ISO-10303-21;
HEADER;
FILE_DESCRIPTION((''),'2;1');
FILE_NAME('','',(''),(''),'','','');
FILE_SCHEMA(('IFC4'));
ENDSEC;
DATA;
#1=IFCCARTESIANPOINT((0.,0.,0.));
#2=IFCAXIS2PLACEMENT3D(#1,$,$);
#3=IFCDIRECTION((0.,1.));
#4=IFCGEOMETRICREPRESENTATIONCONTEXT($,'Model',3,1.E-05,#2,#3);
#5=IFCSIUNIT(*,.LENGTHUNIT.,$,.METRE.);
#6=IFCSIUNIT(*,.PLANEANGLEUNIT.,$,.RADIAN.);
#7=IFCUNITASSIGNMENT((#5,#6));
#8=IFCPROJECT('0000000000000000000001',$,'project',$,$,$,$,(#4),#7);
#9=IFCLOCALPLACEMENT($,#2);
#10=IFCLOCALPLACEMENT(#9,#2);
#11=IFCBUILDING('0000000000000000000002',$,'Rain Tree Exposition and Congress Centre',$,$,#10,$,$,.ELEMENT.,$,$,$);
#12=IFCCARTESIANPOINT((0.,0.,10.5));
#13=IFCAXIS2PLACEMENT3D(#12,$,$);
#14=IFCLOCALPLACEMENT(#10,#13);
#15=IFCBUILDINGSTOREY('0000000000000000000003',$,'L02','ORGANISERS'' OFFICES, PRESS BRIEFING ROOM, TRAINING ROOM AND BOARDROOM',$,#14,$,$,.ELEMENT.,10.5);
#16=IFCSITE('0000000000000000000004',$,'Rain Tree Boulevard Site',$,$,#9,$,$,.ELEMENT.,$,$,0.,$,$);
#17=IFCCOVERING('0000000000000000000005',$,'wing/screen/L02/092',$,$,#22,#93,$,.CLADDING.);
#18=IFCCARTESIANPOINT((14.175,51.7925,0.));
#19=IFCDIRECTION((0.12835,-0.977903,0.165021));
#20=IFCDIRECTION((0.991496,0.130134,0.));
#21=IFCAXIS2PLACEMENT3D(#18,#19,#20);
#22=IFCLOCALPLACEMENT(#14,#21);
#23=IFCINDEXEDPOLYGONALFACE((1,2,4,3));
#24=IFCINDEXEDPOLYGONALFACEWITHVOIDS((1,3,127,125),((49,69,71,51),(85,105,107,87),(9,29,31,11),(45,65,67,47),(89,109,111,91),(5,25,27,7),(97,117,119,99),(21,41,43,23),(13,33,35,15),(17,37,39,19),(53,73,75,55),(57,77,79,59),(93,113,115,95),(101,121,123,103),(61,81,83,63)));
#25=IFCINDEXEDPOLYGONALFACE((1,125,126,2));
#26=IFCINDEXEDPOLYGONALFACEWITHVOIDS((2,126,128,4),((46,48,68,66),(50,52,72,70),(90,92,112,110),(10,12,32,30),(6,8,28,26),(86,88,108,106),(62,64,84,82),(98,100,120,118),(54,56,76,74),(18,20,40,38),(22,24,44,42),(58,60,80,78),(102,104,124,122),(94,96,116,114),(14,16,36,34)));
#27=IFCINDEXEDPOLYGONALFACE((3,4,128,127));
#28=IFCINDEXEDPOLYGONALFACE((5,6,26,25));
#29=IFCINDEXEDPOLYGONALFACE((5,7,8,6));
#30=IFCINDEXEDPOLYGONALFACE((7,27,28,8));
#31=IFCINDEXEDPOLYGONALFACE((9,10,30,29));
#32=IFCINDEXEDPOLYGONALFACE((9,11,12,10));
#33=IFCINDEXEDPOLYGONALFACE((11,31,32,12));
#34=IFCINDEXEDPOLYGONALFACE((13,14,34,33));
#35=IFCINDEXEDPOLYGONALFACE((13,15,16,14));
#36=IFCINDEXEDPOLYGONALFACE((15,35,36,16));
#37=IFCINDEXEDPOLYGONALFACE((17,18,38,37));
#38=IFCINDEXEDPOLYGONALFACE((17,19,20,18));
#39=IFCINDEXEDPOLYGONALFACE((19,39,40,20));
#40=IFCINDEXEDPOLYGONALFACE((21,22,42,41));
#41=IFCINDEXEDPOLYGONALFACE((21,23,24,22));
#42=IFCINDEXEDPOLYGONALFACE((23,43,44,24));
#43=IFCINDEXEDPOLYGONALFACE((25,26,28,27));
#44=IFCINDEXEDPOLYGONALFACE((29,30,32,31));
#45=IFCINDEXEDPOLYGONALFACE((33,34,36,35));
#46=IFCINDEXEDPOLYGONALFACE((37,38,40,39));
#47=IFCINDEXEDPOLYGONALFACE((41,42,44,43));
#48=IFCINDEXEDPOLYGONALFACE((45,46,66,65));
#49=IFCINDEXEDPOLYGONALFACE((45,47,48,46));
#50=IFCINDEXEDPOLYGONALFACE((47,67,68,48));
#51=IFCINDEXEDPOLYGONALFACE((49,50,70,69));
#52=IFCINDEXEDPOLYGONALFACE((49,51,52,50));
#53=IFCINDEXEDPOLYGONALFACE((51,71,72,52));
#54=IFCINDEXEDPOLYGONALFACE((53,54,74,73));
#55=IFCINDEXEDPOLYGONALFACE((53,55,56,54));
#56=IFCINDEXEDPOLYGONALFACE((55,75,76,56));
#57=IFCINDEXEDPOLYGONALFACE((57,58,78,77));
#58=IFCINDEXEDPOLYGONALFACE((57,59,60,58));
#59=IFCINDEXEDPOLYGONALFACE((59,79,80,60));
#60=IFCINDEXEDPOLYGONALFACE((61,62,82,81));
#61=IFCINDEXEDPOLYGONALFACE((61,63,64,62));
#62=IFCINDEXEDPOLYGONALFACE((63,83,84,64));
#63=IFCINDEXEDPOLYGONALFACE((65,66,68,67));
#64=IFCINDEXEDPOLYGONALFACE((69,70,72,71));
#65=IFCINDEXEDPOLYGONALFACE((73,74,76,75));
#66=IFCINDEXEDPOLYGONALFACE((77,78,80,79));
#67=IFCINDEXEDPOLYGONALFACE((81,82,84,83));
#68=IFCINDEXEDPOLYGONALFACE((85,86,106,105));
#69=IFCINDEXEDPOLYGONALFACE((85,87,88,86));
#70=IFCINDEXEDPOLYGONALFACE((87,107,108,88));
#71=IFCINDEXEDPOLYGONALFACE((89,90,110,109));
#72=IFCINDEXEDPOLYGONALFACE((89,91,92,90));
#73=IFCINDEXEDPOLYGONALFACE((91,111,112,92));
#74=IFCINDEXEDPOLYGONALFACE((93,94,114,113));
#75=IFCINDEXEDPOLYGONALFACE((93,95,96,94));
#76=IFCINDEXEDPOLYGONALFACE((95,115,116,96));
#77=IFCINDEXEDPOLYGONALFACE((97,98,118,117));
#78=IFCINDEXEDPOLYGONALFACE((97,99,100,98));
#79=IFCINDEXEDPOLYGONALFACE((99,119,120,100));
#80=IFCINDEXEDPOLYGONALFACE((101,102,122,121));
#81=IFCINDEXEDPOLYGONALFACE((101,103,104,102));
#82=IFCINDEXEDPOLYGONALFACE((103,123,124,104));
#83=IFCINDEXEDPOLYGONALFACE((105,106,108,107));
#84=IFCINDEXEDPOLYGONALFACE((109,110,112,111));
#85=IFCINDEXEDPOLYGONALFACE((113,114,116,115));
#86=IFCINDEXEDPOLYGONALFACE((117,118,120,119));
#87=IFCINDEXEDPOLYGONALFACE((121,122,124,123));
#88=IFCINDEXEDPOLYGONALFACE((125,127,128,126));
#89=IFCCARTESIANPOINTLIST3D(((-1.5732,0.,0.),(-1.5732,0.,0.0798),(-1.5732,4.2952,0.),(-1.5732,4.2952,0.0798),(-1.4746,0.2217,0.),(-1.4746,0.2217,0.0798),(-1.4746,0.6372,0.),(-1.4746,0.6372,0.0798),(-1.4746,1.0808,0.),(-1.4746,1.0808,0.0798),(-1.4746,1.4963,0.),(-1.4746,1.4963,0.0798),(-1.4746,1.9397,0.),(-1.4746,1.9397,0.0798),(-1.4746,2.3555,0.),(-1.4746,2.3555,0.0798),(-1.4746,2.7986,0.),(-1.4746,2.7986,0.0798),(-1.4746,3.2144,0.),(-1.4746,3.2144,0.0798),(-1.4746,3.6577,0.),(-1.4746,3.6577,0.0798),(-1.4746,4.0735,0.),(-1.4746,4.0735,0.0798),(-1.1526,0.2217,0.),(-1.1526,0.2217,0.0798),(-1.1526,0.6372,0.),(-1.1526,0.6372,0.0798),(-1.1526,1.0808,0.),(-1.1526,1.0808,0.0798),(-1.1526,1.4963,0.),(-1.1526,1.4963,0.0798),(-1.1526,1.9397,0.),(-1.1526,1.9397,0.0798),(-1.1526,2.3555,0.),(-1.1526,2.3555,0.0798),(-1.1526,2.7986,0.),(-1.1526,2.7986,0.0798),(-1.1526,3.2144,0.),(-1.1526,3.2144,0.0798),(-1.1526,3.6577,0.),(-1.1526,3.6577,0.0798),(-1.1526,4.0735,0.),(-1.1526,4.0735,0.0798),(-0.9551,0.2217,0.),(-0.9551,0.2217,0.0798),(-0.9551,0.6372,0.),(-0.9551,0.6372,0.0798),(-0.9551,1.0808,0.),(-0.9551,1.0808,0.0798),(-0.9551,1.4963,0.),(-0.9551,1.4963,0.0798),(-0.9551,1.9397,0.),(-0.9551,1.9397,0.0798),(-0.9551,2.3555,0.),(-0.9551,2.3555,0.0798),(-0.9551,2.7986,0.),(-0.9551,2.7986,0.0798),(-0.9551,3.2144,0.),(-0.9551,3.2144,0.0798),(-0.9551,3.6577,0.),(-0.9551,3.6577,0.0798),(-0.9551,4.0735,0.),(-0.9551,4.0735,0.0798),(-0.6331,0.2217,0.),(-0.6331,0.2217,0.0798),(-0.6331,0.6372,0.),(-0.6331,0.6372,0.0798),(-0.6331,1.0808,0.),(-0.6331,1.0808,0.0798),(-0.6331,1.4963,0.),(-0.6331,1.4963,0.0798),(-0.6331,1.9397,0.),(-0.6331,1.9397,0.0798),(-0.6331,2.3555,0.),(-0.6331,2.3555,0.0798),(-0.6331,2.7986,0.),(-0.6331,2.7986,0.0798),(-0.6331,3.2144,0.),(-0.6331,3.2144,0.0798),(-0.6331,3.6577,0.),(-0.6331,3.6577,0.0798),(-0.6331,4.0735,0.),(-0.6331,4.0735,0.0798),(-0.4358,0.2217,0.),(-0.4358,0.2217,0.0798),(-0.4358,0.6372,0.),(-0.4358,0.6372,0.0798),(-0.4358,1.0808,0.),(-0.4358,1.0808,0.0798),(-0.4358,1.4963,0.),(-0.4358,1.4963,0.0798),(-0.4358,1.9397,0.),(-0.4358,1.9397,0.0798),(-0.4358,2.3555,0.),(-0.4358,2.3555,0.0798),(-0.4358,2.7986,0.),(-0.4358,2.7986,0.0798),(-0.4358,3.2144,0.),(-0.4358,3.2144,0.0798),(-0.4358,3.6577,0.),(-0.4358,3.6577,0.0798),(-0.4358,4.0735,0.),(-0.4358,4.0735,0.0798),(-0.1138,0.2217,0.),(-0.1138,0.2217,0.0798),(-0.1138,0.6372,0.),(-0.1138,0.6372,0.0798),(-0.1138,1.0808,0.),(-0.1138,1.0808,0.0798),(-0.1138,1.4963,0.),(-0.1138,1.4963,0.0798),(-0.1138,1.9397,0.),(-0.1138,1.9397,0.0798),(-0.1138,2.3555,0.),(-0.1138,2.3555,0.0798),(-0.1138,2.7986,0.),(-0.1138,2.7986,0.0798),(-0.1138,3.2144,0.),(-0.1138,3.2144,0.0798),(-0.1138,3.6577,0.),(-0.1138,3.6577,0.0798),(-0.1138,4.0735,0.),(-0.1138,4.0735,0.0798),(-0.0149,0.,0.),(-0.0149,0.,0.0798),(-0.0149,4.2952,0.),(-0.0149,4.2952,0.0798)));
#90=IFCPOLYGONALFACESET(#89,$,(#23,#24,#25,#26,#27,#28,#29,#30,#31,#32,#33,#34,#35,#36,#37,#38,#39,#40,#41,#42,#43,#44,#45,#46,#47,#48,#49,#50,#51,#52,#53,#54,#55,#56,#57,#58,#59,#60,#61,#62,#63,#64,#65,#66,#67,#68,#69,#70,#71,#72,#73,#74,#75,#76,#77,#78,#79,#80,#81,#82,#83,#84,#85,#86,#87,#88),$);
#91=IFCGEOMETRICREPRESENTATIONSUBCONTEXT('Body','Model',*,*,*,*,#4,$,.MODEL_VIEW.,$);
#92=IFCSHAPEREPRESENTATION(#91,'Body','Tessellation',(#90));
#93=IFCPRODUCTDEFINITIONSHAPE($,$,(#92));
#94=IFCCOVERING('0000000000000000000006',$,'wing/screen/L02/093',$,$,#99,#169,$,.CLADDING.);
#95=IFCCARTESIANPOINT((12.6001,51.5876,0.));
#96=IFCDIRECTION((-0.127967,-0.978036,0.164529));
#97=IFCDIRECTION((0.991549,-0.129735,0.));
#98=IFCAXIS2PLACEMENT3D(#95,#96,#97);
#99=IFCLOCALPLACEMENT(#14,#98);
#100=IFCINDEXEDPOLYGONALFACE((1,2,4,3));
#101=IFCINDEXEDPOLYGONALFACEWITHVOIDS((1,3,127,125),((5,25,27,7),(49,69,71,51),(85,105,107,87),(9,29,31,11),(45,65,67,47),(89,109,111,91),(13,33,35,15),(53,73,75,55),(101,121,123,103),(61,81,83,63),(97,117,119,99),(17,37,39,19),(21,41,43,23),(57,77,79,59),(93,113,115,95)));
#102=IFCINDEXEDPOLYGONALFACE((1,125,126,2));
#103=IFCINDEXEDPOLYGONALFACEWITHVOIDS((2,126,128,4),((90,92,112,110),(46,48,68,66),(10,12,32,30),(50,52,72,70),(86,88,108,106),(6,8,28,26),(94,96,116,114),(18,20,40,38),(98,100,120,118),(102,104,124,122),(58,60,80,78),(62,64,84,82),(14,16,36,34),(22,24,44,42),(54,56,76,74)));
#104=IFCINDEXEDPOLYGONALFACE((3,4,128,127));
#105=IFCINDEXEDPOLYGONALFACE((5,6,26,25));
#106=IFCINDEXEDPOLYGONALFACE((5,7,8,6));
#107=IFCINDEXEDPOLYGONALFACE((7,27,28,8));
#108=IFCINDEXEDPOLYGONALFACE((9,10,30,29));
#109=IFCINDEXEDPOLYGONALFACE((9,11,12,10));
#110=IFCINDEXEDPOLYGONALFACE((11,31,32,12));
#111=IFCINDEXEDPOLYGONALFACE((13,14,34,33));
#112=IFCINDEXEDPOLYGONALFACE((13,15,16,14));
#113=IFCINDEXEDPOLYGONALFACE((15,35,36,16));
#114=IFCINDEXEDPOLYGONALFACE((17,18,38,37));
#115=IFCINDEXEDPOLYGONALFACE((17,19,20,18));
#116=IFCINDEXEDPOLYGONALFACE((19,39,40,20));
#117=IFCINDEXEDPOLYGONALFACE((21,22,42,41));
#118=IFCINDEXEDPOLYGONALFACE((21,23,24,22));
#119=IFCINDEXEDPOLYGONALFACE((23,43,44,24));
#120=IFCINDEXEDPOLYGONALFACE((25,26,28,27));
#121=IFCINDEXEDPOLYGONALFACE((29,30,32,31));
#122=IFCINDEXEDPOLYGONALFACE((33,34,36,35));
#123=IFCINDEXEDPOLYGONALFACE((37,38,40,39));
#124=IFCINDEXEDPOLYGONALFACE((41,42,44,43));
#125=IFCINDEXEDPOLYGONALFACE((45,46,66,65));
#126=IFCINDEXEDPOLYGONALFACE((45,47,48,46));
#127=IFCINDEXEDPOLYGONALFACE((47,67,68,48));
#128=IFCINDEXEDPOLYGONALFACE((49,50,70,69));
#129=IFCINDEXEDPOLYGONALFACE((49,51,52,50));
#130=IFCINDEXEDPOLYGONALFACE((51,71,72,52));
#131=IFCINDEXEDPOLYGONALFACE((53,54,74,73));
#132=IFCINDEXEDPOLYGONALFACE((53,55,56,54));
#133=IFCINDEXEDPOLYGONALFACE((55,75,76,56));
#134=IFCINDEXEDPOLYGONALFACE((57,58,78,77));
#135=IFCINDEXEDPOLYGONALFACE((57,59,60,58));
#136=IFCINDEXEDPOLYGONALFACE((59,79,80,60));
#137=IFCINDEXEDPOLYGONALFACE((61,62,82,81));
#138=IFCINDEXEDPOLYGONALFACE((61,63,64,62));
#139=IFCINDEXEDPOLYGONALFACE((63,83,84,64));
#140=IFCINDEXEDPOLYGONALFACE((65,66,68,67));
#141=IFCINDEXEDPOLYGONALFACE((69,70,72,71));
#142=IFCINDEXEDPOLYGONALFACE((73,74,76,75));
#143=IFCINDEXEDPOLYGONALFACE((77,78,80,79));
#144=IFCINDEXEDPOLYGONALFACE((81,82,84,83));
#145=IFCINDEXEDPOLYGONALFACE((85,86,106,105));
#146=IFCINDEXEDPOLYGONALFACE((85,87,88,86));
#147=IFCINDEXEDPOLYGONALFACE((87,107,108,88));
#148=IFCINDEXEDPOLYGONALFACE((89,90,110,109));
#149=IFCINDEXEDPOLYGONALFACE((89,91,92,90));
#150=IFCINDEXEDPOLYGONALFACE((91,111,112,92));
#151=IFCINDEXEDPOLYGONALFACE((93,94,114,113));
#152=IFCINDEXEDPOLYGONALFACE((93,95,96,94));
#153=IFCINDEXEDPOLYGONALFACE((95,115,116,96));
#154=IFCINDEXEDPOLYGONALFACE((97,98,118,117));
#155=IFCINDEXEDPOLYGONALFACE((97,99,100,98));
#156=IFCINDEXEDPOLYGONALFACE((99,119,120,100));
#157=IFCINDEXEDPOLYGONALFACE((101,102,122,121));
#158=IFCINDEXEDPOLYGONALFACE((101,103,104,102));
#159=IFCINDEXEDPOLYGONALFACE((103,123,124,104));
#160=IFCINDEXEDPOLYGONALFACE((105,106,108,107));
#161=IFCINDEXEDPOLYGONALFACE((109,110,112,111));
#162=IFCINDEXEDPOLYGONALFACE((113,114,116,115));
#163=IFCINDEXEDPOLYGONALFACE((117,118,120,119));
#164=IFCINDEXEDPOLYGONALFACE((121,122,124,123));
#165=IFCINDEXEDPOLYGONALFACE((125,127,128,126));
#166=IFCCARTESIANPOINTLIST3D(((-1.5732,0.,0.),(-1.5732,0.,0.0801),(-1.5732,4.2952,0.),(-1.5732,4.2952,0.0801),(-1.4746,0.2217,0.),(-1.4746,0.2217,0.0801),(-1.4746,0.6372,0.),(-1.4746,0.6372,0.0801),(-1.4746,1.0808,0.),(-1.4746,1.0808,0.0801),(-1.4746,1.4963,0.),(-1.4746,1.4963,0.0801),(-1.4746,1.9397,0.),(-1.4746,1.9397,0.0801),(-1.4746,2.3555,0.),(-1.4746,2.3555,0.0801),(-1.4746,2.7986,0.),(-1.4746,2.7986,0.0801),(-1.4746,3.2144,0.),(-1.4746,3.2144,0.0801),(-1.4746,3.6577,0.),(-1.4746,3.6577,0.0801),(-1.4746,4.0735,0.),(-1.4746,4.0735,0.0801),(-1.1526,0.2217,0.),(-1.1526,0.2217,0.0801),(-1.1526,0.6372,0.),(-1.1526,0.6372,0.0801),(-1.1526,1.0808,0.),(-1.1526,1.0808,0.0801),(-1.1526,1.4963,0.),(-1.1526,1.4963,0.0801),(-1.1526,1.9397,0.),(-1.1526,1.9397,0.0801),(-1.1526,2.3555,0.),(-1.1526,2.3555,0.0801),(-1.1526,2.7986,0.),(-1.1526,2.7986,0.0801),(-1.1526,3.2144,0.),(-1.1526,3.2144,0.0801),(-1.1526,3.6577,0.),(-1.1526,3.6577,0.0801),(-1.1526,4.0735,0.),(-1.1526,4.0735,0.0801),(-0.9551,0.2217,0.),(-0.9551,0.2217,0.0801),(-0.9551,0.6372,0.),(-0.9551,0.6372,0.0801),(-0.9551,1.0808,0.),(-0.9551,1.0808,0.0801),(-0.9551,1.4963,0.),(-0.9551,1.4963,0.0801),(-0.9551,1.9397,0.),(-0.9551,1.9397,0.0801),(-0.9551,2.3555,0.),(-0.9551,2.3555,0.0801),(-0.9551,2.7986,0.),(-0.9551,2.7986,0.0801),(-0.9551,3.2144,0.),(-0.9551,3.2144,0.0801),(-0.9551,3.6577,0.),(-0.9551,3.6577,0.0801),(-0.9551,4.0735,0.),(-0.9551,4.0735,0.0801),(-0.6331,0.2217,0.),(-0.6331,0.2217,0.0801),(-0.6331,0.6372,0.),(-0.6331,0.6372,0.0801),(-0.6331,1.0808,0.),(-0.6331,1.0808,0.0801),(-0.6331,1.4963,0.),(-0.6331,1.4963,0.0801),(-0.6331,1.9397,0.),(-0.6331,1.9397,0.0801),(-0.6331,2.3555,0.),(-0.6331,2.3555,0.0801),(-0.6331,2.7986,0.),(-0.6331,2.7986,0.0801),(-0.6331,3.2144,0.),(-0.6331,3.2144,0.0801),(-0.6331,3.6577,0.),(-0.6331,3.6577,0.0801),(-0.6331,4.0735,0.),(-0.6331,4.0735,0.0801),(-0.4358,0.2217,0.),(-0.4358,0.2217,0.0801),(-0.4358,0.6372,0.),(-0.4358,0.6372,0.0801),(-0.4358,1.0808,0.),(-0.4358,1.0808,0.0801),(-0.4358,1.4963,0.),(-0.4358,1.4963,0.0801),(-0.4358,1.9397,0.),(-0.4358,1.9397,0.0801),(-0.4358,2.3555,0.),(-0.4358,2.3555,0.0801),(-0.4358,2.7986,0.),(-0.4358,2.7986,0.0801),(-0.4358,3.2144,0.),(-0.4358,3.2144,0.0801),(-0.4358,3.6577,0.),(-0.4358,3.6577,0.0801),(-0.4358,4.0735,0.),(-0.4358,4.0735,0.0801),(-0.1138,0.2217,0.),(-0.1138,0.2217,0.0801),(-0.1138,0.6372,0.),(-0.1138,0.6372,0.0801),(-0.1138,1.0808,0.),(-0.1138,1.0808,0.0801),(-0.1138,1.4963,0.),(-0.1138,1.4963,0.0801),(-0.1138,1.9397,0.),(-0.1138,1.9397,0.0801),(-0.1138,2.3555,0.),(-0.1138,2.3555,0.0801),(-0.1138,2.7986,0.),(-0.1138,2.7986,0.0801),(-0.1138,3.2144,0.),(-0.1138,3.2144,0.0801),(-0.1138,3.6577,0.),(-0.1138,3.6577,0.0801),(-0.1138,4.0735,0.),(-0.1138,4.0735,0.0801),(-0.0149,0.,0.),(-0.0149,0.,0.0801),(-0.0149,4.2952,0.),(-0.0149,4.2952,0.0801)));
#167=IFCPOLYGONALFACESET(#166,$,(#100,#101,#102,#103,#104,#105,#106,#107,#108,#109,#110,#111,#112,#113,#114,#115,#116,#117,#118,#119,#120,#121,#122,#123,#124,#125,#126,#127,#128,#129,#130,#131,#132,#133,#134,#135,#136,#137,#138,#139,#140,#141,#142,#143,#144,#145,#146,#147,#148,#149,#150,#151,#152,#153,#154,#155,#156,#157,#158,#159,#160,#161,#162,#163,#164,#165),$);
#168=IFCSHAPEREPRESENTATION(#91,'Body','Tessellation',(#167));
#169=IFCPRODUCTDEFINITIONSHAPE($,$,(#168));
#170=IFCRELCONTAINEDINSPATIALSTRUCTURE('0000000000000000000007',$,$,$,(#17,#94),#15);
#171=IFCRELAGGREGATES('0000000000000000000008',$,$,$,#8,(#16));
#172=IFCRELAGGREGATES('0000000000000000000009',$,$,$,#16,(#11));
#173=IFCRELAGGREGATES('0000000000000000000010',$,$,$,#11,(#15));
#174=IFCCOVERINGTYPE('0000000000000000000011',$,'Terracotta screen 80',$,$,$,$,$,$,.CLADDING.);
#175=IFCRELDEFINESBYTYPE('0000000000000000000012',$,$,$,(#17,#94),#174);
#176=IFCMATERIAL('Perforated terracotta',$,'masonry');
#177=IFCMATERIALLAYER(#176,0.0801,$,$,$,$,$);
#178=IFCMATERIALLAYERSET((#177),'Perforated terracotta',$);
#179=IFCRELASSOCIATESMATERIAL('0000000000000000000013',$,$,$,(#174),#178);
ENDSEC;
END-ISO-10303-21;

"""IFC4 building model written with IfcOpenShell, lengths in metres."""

from ifc_helpers import new_model, si_unit, direction, frame, origin, place, context, subcontext, project, spatial, polyline, outline, extrude, material, layer, layer_set, type_object, element, save


model = new_model("IFC4")

# Units and contexts
model_context = context("Model", 3, precision=1e-05, world=origin(), true_north=direction((0.0, 1.0)))
body_context = subcontext(model_context, "Body", "Model", "MODEL_VIEW")
ifc_project = project(units=[si_unit("LENGTHUNIT", "METRE"), si_unit("PLANEANGLEUNIT", "RADIAN")], contexts=[model_context])

# Site, building, storey
site_placement = place(None, origin())
site = spatial("IfcSite", under=ifc_project, at=site_placement, Name="Rain Tree Boulevard Site", CompositionType="ELEMENT", RefElevation=0.0)
building_placement = place(site_placement, origin())
building = spatial("IfcBuilding", under=site, at=building_placement, Name="Rain Tree Exposition and Congress Centre", CompositionType="ELEMENT")
storey_placement = place(building_placement, frame((0.0, 0.0, 10.5)))
storey = spatial("IfcBuildingStorey", under=building, at=storey_placement, Name="L02", Description="ORGANISERS' OFFICES, PRESS BRIEFING ROOM, TRAINING ROOM AND BOARDROOM", CompositionType="ELEMENT", Elevation=10.5)

# Coverings
ifc_material_1 = material(Name="Perforated terracotta", Category="masonry")
ifc_layer_1 = layer(ifc_material_1, 0.0801)
ifc_layer_set_1 = layer_set([ifc_layer_1], Name="Perforated terracotta")
covering_type = type_object("IfcCoveringType", Name="Terracotta screen 80", PredefinedType="CLADDING", material=ifc_layer_set_1)
covering_1_placement = place(storey_placement, frame((14.175, 51.7925, 0.0), z_axis=(0.12835, -0.977903, 0.165021), x_axis=(0.991496, 0.130134, 0.0)))
element("IfcCovering", 1, at=covering_1_placement, inside=storey, type_object=covering_type, Name="wing/screen/L02/092", PredefinedType="CLADDING", context=body_context, shape_type="SweptSolid", body=[
    extrude(outline(polyline([(-1.5732, 0.0), (-1.5732, 4.2952), (-0.0149, 4.2952), (-0.0149, 0.0), (-1.5732, 0.0)]), holes=[polyline([(-0.1138, 0.2217), (-0.1138, 0.6372), (-0.4358, 0.6372), (-0.4358, 0.2217), (-0.1138, 0.2217)]), polyline([(-0.1138, 1.0808), (-0.1138, 1.4963), (-0.4358, 1.4963), (-0.4358, 1.0808), (-0.1138, 1.0808)]), polyline([(-0.1138, 1.9397), (-0.1138, 2.3555), (-0.4358, 2.3555), (-0.4358, 1.9397), (-0.1138, 1.9397)]), polyline([(-0.1138, 2.7986), (-0.1138, 3.2144), (-0.4358, 3.2144), (-0.4358, 2.7986), (-0.1138, 2.7986)]), polyline([(-0.1138, 3.6577), (-0.1138, 4.0735), (-0.4358, 4.0735), (-0.4358, 3.6577), (-0.1138, 3.6577)]), polyline([(-0.6331, 0.2217), (-0.6331, 0.6372), (-0.9551, 0.6372), (-0.9551, 0.2217), (-0.6331, 0.2217)]), polyline([(-0.6331, 1.0808), (-0.6331, 1.4963), (-0.9551, 1.4963), (-0.9551, 1.0808), (-0.6331, 1.0808)]), polyline([(-0.6331, 1.9397), (-0.6331, 2.3555), (-0.9551, 2.3555), (-0.9551, 1.9397), (-0.6331, 1.9397)]), polyline([(-0.6331, 2.7986), (-0.6331, 3.2144), (-0.9551, 3.2144), (-0.9551, 2.7986), (-0.6331, 2.7986)]), polyline([(-0.6331, 3.6577), (-0.6331, 4.0735), (-0.9551, 4.0735), (-0.9551, 3.6577), (-0.6331, 3.6577)]), polyline([(-1.1526, 0.2217), (-1.1526, 0.6372), (-1.4746, 0.6372), (-1.4746, 0.2217), (-1.1526, 0.2217)]), polyline([(-1.1526, 1.0808), (-1.1526, 1.4963), (-1.4746, 1.4963), (-1.4746, 1.0808), (-1.1526, 1.0808)]), polyline([(-1.1526, 1.9397), (-1.1526, 2.3555), (-1.4746, 2.3555), (-1.4746, 1.9397), (-1.1526, 1.9397)]), polyline([(-1.1526, 2.7986), (-1.1526, 3.2144), (-1.4746, 3.2144), (-1.4746, 2.7986), (-1.1526, 2.7986)]), polyline([(-1.1526, 3.6577), (-1.1526, 4.0735), (-1.4746, 4.0735), (-1.4746, 3.6577), (-1.1526, 3.6577)])]), origin(), (0.0, 0.0, 1.0), 0.0798),
])
covering_2_placement = place(storey_placement, frame((12.6001, 51.5876, 0.0), z_axis=(-0.127967, -0.978036, 0.164529), x_axis=(0.991549, -0.129735, 0.0)))
element("IfcCovering", 2, at=covering_2_placement, inside=storey, type_object=covering_type, Name="wing/screen/L02/093", PredefinedType="CLADDING", context=body_context, shape_type="SweptSolid", body=[
    extrude(outline(polyline([(-1.5732, 0.0), (-1.5732, 4.2952), (-0.0149, 4.2952), (-0.0149, 0.0), (-1.5732, 0.0)]), holes=[polyline([(-0.1138, 0.2217), (-0.1138, 0.6372), (-0.4358, 0.6372), (-0.4358, 0.2217), (-0.1138, 0.2217)]), polyline([(-0.1138, 1.0808), (-0.1138, 1.4963), (-0.4358, 1.4963), (-0.4358, 1.0808), (-0.1138, 1.0808)]), polyline([(-0.1138, 1.9397), (-0.1138, 2.3555), (-0.4358, 2.3555), (-0.4358, 1.9397), (-0.1138, 1.9397)]), polyline([(-0.1138, 2.7986), (-0.1138, 3.2144), (-0.4358, 3.2144), (-0.4358, 2.7986), (-0.1138, 2.7986)]), polyline([(-0.1138, 3.6577), (-0.1138, 4.0735), (-0.4358, 4.0735), (-0.4358, 3.6577), (-0.1138, 3.6577)]), polyline([(-0.6331, 0.2217), (-0.6331, 0.6372), (-0.9551, 0.6372), (-0.9551, 0.2217), (-0.6331, 0.2217)]), polyline([(-0.6331, 1.0808), (-0.6331, 1.4963), (-0.9551, 1.4963), (-0.9551, 1.0808), (-0.6331, 1.0808)]), polyline([(-0.6331, 1.9397), (-0.6331, 2.3555), (-0.9551, 2.3555), (-0.9551, 1.9397), (-0.6331, 1.9397)]), polyline([(-0.6331, 2.7986), (-0.6331, 3.2144), (-0.9551, 3.2144), (-0.9551, 2.7986), (-0.6331, 2.7986)]), polyline([(-0.6331, 3.6577), (-0.6331, 4.0735), (-0.9551, 4.0735), (-0.9551, 3.6577), (-0.6331, 3.6577)]), polyline([(-1.1526, 0.2217), (-1.1526, 0.6372), (-1.4746, 0.6372), (-1.4746, 0.2217), (-1.1526, 0.2217)]), polyline([(-1.1526, 1.0808), (-1.1526, 1.4963), (-1.4746, 1.4963), (-1.4746, 1.0808), (-1.1526, 1.0808)]), polyline([(-1.1526, 1.9397), (-1.1526, 2.3555), (-1.4746, 2.3555), (-1.4746, 1.9397), (-1.1526, 1.9397)]), polyline([(-1.1526, 2.7986), (-1.1526, 3.2144), (-1.4746, 3.2144), (-1.4746, 2.7986), (-1.1526, 2.7986)]), polyline([(-1.1526, 3.6577), (-1.1526, 4.0735), (-1.4746, 4.0735), (-1.4746, 3.6577), (-1.1526, 3.6577)])]), origin(), (0.0, 0.0, 1.0), 0.0801),
])

save(model, "model.ifc")
